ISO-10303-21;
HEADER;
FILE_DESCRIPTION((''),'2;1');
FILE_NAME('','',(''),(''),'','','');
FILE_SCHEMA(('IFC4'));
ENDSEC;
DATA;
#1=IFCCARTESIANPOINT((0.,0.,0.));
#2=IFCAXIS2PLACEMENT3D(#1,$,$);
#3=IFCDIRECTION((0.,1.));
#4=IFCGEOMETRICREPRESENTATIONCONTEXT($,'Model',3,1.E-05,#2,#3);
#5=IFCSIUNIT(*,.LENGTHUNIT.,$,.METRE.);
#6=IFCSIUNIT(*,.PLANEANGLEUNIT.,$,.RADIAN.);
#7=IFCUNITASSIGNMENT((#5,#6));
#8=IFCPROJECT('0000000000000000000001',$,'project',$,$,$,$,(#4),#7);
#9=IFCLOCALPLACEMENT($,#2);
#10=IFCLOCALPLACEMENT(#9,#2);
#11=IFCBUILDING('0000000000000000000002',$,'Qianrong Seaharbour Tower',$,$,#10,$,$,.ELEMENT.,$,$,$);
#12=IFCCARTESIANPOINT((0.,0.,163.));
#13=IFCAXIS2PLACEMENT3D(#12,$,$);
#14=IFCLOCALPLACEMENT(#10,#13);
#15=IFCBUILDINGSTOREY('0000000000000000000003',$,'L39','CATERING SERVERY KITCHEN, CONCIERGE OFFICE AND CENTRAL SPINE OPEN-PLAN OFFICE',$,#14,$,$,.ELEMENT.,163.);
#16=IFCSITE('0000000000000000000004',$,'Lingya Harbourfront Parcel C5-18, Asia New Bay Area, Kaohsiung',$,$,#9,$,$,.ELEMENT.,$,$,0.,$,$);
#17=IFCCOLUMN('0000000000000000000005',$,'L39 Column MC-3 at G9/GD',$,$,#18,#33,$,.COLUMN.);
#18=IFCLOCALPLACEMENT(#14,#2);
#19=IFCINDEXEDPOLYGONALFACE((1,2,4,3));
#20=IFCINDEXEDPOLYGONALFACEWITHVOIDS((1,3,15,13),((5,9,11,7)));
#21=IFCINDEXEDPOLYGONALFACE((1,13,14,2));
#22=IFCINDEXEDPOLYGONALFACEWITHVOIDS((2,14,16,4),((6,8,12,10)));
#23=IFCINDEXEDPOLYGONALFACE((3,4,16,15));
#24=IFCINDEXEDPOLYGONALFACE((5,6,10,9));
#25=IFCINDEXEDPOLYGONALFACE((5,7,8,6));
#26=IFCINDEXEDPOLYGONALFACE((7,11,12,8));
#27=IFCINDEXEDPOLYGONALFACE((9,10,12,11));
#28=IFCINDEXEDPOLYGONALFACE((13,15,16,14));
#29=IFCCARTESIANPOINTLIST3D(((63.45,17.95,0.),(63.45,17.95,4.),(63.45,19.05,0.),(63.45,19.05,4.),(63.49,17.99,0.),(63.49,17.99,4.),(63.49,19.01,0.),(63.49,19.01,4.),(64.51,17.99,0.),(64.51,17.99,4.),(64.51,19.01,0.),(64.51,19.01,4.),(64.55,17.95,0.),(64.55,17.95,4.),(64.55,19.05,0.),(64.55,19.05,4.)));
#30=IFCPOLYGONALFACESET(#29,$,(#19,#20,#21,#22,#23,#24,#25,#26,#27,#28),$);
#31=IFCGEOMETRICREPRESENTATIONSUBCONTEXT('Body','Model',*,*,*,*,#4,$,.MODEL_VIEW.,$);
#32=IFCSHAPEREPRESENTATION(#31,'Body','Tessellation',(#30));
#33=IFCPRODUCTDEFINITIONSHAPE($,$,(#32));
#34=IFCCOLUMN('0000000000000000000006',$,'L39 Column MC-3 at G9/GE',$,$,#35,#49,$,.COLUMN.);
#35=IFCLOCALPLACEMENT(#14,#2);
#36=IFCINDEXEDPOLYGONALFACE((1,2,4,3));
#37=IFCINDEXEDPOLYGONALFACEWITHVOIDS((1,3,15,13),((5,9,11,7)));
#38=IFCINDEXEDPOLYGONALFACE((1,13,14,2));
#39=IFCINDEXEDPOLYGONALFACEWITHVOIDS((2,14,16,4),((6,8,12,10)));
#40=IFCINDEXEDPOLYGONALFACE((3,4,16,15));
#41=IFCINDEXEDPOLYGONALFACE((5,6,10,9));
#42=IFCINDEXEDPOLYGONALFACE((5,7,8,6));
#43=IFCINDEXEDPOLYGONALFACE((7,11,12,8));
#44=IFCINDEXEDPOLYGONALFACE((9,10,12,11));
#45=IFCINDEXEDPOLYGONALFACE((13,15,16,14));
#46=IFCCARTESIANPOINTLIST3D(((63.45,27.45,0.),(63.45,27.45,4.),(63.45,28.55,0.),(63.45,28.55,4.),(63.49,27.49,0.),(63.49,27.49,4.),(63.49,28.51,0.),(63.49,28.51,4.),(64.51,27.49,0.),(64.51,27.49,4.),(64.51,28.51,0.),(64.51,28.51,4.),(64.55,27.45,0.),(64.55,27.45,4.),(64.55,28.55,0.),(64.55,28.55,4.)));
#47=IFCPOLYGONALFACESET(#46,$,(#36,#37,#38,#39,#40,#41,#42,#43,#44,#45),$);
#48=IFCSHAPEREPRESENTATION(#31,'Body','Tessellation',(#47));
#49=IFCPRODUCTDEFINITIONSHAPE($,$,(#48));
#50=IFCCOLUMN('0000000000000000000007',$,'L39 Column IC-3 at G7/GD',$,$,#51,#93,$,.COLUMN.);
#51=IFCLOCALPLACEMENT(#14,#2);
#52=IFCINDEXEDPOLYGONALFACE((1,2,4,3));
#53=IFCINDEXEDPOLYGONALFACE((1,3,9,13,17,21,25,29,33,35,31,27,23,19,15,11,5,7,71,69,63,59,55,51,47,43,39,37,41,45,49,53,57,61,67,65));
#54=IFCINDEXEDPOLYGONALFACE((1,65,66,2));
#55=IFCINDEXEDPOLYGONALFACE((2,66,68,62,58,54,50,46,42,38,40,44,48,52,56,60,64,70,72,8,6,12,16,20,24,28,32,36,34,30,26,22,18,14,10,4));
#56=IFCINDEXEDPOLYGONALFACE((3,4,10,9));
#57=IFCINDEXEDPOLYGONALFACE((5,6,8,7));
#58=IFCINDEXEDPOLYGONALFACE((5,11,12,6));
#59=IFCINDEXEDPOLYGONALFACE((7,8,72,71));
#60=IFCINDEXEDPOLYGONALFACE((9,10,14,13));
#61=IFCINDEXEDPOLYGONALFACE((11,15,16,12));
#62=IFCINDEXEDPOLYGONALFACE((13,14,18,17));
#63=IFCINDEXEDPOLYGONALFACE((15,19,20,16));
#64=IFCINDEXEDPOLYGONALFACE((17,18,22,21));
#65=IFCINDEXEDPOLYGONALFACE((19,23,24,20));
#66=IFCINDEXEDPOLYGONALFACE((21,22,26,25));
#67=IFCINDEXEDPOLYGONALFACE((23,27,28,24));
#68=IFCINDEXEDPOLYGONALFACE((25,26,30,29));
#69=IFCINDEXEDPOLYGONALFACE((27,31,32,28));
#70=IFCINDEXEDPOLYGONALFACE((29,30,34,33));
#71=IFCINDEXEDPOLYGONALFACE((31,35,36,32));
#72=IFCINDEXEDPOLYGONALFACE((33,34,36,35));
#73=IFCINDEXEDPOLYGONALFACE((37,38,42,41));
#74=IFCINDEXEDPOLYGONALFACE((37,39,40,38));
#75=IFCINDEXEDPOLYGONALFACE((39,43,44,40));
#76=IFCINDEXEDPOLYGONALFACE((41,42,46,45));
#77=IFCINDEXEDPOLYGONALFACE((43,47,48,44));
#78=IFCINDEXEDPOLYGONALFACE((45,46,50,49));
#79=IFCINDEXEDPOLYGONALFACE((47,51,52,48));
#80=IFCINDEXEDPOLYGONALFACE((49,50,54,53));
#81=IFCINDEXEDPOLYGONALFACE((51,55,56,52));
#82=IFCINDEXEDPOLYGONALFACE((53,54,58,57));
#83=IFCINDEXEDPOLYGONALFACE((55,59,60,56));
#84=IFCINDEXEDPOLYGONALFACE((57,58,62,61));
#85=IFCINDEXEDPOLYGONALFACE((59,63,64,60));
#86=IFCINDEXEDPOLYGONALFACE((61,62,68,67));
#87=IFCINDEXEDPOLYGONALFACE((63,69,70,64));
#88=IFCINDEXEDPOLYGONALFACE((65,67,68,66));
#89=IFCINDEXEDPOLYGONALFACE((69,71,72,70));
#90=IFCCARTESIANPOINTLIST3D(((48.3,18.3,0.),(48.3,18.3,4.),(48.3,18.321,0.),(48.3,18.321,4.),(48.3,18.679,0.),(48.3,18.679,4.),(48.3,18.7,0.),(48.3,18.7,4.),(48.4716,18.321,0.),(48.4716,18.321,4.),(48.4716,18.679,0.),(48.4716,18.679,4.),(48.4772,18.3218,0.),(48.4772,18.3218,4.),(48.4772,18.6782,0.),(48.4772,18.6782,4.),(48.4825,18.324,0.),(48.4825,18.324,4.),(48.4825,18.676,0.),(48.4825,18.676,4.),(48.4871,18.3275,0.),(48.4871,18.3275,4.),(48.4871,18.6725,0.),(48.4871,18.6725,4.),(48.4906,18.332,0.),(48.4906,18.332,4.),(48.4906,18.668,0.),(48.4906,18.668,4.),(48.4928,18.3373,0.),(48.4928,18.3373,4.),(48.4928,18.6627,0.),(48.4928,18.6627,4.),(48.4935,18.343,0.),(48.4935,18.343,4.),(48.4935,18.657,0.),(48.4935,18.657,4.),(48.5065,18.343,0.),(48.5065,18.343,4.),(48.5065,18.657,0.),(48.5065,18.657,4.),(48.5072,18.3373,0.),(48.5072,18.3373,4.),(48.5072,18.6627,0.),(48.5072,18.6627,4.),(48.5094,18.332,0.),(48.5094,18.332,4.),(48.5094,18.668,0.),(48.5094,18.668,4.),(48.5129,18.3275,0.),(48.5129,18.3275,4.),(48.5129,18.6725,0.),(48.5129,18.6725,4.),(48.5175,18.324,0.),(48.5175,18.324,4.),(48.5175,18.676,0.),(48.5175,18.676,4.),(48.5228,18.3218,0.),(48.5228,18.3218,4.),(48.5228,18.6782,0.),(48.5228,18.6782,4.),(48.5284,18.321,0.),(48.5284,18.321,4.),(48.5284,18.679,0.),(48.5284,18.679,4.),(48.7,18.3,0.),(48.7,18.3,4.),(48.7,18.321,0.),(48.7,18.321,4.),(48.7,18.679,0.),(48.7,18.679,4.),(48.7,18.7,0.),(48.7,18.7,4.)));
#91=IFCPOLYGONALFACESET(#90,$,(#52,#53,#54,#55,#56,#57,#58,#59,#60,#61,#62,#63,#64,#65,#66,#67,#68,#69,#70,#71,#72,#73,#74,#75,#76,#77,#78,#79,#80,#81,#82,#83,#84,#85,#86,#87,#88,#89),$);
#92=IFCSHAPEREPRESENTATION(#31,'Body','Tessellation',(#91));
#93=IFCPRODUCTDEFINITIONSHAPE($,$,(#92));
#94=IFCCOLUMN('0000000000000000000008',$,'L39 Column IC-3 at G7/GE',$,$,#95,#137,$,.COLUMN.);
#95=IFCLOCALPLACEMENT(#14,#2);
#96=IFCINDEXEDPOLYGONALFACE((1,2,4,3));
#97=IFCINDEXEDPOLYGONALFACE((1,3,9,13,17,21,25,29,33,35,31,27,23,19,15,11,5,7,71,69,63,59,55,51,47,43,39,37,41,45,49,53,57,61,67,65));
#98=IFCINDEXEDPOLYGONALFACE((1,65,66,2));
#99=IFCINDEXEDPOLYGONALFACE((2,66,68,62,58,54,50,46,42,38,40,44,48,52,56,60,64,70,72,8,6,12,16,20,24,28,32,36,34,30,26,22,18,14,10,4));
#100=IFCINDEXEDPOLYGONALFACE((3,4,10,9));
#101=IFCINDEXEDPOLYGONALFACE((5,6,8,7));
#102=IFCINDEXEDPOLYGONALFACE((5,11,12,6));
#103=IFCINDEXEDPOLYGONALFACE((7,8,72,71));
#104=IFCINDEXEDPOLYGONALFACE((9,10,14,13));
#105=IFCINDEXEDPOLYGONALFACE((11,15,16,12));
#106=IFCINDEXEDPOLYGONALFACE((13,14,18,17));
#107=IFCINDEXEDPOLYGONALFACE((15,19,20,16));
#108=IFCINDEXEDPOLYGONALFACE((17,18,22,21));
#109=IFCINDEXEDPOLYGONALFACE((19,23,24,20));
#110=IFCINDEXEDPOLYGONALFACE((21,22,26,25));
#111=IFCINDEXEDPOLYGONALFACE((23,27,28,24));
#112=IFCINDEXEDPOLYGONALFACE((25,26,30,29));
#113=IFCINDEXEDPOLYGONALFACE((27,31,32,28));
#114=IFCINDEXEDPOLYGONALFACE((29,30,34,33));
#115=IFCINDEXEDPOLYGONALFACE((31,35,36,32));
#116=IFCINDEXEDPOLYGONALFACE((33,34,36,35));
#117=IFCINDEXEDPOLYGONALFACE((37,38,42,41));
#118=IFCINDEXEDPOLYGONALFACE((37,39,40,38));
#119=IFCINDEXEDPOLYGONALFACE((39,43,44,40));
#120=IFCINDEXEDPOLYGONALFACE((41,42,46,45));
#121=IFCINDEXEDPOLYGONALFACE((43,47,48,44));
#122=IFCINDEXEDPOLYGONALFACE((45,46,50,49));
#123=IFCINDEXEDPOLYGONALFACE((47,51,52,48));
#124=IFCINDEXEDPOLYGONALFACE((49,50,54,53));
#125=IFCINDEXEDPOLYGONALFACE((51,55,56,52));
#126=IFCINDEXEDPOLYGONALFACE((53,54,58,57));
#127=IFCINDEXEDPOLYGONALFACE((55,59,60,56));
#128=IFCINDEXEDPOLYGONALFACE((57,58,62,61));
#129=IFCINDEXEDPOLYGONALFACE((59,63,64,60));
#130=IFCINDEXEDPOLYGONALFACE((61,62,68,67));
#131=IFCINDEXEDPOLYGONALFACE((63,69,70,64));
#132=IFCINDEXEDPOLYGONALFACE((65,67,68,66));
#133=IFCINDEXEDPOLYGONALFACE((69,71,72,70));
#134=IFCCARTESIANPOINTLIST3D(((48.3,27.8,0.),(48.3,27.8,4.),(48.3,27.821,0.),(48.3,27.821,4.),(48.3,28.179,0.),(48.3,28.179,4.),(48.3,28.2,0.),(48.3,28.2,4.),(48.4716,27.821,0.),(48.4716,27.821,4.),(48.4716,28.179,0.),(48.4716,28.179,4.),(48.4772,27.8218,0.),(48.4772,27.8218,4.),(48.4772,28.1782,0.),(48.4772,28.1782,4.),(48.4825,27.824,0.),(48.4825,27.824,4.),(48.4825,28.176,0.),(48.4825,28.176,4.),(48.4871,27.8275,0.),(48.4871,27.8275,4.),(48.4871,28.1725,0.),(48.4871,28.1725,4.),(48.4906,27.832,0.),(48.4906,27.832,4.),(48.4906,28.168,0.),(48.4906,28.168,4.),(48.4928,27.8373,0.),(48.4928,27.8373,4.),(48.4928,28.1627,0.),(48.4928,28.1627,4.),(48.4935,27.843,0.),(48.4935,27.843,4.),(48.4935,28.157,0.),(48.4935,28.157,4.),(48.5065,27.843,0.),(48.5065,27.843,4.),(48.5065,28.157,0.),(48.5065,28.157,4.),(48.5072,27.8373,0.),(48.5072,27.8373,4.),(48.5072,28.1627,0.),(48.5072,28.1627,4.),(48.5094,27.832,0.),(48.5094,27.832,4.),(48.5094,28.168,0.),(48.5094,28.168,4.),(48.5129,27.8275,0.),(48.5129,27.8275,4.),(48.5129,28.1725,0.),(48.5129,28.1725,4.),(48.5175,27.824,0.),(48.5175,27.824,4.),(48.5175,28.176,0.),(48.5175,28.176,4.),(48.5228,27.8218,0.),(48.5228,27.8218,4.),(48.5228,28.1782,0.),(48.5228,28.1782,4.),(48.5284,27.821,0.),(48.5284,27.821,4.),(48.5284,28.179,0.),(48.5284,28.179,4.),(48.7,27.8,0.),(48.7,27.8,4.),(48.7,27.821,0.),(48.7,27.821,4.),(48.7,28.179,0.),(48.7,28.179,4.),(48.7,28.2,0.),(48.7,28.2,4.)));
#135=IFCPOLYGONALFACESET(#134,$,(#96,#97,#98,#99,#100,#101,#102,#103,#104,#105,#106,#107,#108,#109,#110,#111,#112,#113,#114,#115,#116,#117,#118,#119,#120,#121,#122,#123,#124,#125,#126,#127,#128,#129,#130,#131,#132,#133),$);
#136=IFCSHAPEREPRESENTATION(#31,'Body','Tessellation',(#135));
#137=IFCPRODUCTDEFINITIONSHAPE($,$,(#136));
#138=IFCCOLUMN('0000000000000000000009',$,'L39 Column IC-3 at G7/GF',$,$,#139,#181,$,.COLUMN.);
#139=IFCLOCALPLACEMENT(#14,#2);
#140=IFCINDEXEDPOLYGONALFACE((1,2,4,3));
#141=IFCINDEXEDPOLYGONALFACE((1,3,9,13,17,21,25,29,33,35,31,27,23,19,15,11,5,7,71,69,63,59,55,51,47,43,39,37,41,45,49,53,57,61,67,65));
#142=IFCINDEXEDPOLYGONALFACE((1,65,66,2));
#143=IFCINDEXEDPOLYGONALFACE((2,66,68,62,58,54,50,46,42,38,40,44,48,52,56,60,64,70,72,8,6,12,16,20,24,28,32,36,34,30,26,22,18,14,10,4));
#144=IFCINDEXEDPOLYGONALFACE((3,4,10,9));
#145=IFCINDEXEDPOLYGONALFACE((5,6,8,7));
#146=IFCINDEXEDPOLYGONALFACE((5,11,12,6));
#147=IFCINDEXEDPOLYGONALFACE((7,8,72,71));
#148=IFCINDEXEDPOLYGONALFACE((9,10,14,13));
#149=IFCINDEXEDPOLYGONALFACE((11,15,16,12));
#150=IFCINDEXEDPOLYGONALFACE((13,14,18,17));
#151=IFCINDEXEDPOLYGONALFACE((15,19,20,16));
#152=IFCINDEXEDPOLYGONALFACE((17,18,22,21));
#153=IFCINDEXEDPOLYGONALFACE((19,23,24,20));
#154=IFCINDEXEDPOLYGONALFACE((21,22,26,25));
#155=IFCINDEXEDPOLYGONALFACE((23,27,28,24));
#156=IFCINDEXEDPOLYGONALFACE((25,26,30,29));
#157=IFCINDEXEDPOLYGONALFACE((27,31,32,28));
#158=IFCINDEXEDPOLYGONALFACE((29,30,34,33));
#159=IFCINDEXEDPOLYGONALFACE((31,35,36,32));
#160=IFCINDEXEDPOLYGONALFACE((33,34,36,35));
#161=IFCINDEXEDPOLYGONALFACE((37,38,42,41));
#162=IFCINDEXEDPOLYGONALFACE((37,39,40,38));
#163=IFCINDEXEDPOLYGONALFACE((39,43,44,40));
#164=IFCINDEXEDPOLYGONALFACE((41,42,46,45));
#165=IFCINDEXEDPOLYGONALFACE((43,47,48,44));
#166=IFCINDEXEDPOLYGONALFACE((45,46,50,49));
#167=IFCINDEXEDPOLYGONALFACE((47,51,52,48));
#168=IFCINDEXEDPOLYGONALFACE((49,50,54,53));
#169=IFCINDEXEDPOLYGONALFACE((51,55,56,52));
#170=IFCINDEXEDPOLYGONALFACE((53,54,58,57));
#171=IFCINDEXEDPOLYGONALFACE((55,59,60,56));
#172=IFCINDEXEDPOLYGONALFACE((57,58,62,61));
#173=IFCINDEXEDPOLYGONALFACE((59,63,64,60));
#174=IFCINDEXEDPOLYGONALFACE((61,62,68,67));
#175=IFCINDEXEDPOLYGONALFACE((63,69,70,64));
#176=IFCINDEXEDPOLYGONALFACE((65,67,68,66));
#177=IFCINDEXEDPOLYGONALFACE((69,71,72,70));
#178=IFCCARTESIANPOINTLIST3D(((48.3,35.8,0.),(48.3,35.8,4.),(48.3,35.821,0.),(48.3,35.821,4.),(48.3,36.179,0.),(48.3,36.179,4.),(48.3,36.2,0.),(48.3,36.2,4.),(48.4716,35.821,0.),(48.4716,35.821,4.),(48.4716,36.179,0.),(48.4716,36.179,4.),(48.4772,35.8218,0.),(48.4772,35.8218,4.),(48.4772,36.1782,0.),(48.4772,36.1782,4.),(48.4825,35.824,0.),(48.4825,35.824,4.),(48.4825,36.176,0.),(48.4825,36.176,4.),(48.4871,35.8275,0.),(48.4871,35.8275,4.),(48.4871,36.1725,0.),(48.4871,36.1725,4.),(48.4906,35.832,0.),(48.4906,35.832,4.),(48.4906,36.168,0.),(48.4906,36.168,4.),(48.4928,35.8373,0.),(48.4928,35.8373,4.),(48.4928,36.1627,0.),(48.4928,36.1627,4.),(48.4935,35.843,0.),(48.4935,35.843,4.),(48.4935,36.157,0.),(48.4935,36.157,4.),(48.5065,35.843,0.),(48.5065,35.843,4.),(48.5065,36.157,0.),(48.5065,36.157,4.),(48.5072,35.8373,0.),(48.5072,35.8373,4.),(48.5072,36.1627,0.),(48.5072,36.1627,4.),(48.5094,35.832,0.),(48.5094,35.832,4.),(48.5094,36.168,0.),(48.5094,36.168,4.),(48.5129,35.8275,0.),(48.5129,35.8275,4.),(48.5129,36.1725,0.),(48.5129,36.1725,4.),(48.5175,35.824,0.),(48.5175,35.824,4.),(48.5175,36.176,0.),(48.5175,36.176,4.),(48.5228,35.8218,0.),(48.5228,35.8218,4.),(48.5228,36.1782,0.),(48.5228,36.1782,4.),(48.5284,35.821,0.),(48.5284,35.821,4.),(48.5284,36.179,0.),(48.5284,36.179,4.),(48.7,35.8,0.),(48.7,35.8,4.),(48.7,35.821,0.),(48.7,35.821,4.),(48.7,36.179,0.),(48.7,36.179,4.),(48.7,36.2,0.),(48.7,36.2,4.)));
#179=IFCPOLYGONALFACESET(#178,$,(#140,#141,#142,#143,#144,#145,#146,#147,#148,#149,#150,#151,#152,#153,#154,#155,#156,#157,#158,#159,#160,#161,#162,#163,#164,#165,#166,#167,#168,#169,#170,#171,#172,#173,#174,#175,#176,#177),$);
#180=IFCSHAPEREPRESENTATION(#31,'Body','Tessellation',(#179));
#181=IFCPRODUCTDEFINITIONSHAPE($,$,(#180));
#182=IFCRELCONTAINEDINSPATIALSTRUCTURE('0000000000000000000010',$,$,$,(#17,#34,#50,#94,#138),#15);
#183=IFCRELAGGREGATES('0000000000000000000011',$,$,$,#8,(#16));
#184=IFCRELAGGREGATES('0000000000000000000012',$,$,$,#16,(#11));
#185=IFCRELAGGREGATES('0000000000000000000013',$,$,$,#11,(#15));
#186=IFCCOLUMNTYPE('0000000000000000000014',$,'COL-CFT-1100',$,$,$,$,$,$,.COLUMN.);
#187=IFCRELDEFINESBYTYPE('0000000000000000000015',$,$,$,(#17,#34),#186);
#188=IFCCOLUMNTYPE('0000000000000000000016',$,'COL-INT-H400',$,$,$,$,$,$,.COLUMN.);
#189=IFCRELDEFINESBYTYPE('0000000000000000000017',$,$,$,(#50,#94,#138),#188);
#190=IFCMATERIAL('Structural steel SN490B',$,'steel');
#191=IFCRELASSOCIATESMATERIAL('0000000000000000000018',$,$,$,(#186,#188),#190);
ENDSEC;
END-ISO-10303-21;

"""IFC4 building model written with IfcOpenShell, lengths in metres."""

from ifc_helpers import new_model, si_unit, direction, frame, origin, origin_2d, place, context, subcontext, project, spatial, hollow_rectangle, i_section, extrude, material, material_profile, profile_set, type_object, element, save


model = new_model("IFC4")

# Units and contexts
model_context = context("Model", 3, precision=1e-05, world=origin(), true_north=direction((0.0, 1.0)))
body_context = subcontext(model_context, "Body", "Model", "MODEL_VIEW")
ifc_project = project(units=[si_unit("LENGTHUNIT", "METRE"), si_unit("PLANEANGLEUNIT", "RADIAN")], contexts=[model_context])

# Site, building, storey
site_placement = place(None, origin())
site = spatial("IfcSite", under=ifc_project, at=site_placement, Name="Lingya Harbourfront Parcel C5-18, Asia New Bay Area, Kaohsiung", CompositionType="ELEMENT", RefElevation=0.0)
building_placement = place(site_placement, origin())
building = spatial("IfcBuilding", under=site, at=building_placement, Name="Qianrong Seaharbour Tower", CompositionType="ELEMENT")
storey_placement = place(building_placement, frame((0.0, 0.0, 163.0)))
storey = spatial("IfcBuildingStorey", under=building, at=storey_placement, Name="L39", Description="CATERING SERVERY KITCHEN, CONCIERGE OFFICE AND CENTRAL SPINE OPEN-PLAN OFFICE", CompositionType="ELEMENT", Elevation=163.0)

# Columns
ifc_material_1 = material(Name="Structural steel SN490B", Category="steel")
ifc_material_profile_1 = material_profile(ifc_material_1, hollow_rectangle(XDim=1.1001, YDim=1.1001, WallThickness=0.04, at=origin_2d()), Name="BOX1100x1100x40")
ifc_profile_set_1 = profile_set([ifc_material_profile_1], Name="Structural steel SN490B")
column_type_1 = type_object("IfcColumnType", Name="COL-CFT-1100", PredefinedType="COLUMN", material=ifc_profile_set_1)
for number, where, z_axis, x_axis, name in (
    (1, (64.0, 18.5, 0.0), (0.0, 0.0, 1.0), (1.0, 0.0, 0.0), "L39 Column MC-3 at G9/GD"),
    (2, (64.0, 28.0, 0.0), (0.0, 0.0, 1.0), (1.0, 0.0, 0.0), "L39 Column MC-3 at G9/GE"),
):
    element("IfcColumn", number, at=place(storey_placement, frame(where, z_axis=z_axis, x_axis=x_axis)), inside=storey, type_object=column_type_1, Name=name, PredefinedType="COLUMN", context=body_context, shape_type="SweptSolid", body=[
        extrude(hollow_rectangle(XDim=1.1001, YDim=1.1001, WallThickness=0.04, at=origin_2d()), origin(), (0.0, 0.0, 1.0), 4.0),
    ])
ifc_material_profile_2 = material_profile(ifc_material_1, i_section(OverallWidth=0.3999, OverallDepth=0.3999, WebThickness=0.0129, FlangeThickness=0.021, FilletRadius=0.022, at=origin_2d()), Name="H400x400x13x21")
ifc_profile_set_2 = profile_set([ifc_material_profile_2], Name="Structural steel SN490B")
column_type_2 = type_object("IfcColumnType", Name="COL-INT-H400", PredefinedType="COLUMN", material=ifc_profile_set_2)
for number, where, z_axis, x_axis, name in (
    (3, (48.5, 18.5, 0.0), (0.0, 0.0, 1.0), (1.0, 0.0, 0.0), "L39 Column IC-3 at G7/GD"),
    (4, (48.5, 28.0, 0.0), (0.0, 0.0, 1.0), (1.0, 0.0, 0.0), "L39 Column IC-3 at G7/GE"),
    (5, (48.5, 36.0, 0.0), (0.0, 0.0, 1.0), (1.0, 0.0, 0.0), "L39 Column IC-3 at G7/GF"),
):
    element("IfcColumn", number, at=place(storey_placement, frame(where, z_axis=z_axis, x_axis=x_axis)), inside=storey, type_object=column_type_2, Name=name, PredefinedType="COLUMN", context=body_context, shape_type="SweptSolid", body=[
        extrude(i_section(OverallWidth=0.3999, OverallDepth=0.3999, WebThickness=0.0129, FlangeThickness=0.021, FilletRadius=0.022, at=origin_2d()), origin(), (0.0, 0.0, 1.0), 4.0),
    ])

save(model, "model.ifc")
